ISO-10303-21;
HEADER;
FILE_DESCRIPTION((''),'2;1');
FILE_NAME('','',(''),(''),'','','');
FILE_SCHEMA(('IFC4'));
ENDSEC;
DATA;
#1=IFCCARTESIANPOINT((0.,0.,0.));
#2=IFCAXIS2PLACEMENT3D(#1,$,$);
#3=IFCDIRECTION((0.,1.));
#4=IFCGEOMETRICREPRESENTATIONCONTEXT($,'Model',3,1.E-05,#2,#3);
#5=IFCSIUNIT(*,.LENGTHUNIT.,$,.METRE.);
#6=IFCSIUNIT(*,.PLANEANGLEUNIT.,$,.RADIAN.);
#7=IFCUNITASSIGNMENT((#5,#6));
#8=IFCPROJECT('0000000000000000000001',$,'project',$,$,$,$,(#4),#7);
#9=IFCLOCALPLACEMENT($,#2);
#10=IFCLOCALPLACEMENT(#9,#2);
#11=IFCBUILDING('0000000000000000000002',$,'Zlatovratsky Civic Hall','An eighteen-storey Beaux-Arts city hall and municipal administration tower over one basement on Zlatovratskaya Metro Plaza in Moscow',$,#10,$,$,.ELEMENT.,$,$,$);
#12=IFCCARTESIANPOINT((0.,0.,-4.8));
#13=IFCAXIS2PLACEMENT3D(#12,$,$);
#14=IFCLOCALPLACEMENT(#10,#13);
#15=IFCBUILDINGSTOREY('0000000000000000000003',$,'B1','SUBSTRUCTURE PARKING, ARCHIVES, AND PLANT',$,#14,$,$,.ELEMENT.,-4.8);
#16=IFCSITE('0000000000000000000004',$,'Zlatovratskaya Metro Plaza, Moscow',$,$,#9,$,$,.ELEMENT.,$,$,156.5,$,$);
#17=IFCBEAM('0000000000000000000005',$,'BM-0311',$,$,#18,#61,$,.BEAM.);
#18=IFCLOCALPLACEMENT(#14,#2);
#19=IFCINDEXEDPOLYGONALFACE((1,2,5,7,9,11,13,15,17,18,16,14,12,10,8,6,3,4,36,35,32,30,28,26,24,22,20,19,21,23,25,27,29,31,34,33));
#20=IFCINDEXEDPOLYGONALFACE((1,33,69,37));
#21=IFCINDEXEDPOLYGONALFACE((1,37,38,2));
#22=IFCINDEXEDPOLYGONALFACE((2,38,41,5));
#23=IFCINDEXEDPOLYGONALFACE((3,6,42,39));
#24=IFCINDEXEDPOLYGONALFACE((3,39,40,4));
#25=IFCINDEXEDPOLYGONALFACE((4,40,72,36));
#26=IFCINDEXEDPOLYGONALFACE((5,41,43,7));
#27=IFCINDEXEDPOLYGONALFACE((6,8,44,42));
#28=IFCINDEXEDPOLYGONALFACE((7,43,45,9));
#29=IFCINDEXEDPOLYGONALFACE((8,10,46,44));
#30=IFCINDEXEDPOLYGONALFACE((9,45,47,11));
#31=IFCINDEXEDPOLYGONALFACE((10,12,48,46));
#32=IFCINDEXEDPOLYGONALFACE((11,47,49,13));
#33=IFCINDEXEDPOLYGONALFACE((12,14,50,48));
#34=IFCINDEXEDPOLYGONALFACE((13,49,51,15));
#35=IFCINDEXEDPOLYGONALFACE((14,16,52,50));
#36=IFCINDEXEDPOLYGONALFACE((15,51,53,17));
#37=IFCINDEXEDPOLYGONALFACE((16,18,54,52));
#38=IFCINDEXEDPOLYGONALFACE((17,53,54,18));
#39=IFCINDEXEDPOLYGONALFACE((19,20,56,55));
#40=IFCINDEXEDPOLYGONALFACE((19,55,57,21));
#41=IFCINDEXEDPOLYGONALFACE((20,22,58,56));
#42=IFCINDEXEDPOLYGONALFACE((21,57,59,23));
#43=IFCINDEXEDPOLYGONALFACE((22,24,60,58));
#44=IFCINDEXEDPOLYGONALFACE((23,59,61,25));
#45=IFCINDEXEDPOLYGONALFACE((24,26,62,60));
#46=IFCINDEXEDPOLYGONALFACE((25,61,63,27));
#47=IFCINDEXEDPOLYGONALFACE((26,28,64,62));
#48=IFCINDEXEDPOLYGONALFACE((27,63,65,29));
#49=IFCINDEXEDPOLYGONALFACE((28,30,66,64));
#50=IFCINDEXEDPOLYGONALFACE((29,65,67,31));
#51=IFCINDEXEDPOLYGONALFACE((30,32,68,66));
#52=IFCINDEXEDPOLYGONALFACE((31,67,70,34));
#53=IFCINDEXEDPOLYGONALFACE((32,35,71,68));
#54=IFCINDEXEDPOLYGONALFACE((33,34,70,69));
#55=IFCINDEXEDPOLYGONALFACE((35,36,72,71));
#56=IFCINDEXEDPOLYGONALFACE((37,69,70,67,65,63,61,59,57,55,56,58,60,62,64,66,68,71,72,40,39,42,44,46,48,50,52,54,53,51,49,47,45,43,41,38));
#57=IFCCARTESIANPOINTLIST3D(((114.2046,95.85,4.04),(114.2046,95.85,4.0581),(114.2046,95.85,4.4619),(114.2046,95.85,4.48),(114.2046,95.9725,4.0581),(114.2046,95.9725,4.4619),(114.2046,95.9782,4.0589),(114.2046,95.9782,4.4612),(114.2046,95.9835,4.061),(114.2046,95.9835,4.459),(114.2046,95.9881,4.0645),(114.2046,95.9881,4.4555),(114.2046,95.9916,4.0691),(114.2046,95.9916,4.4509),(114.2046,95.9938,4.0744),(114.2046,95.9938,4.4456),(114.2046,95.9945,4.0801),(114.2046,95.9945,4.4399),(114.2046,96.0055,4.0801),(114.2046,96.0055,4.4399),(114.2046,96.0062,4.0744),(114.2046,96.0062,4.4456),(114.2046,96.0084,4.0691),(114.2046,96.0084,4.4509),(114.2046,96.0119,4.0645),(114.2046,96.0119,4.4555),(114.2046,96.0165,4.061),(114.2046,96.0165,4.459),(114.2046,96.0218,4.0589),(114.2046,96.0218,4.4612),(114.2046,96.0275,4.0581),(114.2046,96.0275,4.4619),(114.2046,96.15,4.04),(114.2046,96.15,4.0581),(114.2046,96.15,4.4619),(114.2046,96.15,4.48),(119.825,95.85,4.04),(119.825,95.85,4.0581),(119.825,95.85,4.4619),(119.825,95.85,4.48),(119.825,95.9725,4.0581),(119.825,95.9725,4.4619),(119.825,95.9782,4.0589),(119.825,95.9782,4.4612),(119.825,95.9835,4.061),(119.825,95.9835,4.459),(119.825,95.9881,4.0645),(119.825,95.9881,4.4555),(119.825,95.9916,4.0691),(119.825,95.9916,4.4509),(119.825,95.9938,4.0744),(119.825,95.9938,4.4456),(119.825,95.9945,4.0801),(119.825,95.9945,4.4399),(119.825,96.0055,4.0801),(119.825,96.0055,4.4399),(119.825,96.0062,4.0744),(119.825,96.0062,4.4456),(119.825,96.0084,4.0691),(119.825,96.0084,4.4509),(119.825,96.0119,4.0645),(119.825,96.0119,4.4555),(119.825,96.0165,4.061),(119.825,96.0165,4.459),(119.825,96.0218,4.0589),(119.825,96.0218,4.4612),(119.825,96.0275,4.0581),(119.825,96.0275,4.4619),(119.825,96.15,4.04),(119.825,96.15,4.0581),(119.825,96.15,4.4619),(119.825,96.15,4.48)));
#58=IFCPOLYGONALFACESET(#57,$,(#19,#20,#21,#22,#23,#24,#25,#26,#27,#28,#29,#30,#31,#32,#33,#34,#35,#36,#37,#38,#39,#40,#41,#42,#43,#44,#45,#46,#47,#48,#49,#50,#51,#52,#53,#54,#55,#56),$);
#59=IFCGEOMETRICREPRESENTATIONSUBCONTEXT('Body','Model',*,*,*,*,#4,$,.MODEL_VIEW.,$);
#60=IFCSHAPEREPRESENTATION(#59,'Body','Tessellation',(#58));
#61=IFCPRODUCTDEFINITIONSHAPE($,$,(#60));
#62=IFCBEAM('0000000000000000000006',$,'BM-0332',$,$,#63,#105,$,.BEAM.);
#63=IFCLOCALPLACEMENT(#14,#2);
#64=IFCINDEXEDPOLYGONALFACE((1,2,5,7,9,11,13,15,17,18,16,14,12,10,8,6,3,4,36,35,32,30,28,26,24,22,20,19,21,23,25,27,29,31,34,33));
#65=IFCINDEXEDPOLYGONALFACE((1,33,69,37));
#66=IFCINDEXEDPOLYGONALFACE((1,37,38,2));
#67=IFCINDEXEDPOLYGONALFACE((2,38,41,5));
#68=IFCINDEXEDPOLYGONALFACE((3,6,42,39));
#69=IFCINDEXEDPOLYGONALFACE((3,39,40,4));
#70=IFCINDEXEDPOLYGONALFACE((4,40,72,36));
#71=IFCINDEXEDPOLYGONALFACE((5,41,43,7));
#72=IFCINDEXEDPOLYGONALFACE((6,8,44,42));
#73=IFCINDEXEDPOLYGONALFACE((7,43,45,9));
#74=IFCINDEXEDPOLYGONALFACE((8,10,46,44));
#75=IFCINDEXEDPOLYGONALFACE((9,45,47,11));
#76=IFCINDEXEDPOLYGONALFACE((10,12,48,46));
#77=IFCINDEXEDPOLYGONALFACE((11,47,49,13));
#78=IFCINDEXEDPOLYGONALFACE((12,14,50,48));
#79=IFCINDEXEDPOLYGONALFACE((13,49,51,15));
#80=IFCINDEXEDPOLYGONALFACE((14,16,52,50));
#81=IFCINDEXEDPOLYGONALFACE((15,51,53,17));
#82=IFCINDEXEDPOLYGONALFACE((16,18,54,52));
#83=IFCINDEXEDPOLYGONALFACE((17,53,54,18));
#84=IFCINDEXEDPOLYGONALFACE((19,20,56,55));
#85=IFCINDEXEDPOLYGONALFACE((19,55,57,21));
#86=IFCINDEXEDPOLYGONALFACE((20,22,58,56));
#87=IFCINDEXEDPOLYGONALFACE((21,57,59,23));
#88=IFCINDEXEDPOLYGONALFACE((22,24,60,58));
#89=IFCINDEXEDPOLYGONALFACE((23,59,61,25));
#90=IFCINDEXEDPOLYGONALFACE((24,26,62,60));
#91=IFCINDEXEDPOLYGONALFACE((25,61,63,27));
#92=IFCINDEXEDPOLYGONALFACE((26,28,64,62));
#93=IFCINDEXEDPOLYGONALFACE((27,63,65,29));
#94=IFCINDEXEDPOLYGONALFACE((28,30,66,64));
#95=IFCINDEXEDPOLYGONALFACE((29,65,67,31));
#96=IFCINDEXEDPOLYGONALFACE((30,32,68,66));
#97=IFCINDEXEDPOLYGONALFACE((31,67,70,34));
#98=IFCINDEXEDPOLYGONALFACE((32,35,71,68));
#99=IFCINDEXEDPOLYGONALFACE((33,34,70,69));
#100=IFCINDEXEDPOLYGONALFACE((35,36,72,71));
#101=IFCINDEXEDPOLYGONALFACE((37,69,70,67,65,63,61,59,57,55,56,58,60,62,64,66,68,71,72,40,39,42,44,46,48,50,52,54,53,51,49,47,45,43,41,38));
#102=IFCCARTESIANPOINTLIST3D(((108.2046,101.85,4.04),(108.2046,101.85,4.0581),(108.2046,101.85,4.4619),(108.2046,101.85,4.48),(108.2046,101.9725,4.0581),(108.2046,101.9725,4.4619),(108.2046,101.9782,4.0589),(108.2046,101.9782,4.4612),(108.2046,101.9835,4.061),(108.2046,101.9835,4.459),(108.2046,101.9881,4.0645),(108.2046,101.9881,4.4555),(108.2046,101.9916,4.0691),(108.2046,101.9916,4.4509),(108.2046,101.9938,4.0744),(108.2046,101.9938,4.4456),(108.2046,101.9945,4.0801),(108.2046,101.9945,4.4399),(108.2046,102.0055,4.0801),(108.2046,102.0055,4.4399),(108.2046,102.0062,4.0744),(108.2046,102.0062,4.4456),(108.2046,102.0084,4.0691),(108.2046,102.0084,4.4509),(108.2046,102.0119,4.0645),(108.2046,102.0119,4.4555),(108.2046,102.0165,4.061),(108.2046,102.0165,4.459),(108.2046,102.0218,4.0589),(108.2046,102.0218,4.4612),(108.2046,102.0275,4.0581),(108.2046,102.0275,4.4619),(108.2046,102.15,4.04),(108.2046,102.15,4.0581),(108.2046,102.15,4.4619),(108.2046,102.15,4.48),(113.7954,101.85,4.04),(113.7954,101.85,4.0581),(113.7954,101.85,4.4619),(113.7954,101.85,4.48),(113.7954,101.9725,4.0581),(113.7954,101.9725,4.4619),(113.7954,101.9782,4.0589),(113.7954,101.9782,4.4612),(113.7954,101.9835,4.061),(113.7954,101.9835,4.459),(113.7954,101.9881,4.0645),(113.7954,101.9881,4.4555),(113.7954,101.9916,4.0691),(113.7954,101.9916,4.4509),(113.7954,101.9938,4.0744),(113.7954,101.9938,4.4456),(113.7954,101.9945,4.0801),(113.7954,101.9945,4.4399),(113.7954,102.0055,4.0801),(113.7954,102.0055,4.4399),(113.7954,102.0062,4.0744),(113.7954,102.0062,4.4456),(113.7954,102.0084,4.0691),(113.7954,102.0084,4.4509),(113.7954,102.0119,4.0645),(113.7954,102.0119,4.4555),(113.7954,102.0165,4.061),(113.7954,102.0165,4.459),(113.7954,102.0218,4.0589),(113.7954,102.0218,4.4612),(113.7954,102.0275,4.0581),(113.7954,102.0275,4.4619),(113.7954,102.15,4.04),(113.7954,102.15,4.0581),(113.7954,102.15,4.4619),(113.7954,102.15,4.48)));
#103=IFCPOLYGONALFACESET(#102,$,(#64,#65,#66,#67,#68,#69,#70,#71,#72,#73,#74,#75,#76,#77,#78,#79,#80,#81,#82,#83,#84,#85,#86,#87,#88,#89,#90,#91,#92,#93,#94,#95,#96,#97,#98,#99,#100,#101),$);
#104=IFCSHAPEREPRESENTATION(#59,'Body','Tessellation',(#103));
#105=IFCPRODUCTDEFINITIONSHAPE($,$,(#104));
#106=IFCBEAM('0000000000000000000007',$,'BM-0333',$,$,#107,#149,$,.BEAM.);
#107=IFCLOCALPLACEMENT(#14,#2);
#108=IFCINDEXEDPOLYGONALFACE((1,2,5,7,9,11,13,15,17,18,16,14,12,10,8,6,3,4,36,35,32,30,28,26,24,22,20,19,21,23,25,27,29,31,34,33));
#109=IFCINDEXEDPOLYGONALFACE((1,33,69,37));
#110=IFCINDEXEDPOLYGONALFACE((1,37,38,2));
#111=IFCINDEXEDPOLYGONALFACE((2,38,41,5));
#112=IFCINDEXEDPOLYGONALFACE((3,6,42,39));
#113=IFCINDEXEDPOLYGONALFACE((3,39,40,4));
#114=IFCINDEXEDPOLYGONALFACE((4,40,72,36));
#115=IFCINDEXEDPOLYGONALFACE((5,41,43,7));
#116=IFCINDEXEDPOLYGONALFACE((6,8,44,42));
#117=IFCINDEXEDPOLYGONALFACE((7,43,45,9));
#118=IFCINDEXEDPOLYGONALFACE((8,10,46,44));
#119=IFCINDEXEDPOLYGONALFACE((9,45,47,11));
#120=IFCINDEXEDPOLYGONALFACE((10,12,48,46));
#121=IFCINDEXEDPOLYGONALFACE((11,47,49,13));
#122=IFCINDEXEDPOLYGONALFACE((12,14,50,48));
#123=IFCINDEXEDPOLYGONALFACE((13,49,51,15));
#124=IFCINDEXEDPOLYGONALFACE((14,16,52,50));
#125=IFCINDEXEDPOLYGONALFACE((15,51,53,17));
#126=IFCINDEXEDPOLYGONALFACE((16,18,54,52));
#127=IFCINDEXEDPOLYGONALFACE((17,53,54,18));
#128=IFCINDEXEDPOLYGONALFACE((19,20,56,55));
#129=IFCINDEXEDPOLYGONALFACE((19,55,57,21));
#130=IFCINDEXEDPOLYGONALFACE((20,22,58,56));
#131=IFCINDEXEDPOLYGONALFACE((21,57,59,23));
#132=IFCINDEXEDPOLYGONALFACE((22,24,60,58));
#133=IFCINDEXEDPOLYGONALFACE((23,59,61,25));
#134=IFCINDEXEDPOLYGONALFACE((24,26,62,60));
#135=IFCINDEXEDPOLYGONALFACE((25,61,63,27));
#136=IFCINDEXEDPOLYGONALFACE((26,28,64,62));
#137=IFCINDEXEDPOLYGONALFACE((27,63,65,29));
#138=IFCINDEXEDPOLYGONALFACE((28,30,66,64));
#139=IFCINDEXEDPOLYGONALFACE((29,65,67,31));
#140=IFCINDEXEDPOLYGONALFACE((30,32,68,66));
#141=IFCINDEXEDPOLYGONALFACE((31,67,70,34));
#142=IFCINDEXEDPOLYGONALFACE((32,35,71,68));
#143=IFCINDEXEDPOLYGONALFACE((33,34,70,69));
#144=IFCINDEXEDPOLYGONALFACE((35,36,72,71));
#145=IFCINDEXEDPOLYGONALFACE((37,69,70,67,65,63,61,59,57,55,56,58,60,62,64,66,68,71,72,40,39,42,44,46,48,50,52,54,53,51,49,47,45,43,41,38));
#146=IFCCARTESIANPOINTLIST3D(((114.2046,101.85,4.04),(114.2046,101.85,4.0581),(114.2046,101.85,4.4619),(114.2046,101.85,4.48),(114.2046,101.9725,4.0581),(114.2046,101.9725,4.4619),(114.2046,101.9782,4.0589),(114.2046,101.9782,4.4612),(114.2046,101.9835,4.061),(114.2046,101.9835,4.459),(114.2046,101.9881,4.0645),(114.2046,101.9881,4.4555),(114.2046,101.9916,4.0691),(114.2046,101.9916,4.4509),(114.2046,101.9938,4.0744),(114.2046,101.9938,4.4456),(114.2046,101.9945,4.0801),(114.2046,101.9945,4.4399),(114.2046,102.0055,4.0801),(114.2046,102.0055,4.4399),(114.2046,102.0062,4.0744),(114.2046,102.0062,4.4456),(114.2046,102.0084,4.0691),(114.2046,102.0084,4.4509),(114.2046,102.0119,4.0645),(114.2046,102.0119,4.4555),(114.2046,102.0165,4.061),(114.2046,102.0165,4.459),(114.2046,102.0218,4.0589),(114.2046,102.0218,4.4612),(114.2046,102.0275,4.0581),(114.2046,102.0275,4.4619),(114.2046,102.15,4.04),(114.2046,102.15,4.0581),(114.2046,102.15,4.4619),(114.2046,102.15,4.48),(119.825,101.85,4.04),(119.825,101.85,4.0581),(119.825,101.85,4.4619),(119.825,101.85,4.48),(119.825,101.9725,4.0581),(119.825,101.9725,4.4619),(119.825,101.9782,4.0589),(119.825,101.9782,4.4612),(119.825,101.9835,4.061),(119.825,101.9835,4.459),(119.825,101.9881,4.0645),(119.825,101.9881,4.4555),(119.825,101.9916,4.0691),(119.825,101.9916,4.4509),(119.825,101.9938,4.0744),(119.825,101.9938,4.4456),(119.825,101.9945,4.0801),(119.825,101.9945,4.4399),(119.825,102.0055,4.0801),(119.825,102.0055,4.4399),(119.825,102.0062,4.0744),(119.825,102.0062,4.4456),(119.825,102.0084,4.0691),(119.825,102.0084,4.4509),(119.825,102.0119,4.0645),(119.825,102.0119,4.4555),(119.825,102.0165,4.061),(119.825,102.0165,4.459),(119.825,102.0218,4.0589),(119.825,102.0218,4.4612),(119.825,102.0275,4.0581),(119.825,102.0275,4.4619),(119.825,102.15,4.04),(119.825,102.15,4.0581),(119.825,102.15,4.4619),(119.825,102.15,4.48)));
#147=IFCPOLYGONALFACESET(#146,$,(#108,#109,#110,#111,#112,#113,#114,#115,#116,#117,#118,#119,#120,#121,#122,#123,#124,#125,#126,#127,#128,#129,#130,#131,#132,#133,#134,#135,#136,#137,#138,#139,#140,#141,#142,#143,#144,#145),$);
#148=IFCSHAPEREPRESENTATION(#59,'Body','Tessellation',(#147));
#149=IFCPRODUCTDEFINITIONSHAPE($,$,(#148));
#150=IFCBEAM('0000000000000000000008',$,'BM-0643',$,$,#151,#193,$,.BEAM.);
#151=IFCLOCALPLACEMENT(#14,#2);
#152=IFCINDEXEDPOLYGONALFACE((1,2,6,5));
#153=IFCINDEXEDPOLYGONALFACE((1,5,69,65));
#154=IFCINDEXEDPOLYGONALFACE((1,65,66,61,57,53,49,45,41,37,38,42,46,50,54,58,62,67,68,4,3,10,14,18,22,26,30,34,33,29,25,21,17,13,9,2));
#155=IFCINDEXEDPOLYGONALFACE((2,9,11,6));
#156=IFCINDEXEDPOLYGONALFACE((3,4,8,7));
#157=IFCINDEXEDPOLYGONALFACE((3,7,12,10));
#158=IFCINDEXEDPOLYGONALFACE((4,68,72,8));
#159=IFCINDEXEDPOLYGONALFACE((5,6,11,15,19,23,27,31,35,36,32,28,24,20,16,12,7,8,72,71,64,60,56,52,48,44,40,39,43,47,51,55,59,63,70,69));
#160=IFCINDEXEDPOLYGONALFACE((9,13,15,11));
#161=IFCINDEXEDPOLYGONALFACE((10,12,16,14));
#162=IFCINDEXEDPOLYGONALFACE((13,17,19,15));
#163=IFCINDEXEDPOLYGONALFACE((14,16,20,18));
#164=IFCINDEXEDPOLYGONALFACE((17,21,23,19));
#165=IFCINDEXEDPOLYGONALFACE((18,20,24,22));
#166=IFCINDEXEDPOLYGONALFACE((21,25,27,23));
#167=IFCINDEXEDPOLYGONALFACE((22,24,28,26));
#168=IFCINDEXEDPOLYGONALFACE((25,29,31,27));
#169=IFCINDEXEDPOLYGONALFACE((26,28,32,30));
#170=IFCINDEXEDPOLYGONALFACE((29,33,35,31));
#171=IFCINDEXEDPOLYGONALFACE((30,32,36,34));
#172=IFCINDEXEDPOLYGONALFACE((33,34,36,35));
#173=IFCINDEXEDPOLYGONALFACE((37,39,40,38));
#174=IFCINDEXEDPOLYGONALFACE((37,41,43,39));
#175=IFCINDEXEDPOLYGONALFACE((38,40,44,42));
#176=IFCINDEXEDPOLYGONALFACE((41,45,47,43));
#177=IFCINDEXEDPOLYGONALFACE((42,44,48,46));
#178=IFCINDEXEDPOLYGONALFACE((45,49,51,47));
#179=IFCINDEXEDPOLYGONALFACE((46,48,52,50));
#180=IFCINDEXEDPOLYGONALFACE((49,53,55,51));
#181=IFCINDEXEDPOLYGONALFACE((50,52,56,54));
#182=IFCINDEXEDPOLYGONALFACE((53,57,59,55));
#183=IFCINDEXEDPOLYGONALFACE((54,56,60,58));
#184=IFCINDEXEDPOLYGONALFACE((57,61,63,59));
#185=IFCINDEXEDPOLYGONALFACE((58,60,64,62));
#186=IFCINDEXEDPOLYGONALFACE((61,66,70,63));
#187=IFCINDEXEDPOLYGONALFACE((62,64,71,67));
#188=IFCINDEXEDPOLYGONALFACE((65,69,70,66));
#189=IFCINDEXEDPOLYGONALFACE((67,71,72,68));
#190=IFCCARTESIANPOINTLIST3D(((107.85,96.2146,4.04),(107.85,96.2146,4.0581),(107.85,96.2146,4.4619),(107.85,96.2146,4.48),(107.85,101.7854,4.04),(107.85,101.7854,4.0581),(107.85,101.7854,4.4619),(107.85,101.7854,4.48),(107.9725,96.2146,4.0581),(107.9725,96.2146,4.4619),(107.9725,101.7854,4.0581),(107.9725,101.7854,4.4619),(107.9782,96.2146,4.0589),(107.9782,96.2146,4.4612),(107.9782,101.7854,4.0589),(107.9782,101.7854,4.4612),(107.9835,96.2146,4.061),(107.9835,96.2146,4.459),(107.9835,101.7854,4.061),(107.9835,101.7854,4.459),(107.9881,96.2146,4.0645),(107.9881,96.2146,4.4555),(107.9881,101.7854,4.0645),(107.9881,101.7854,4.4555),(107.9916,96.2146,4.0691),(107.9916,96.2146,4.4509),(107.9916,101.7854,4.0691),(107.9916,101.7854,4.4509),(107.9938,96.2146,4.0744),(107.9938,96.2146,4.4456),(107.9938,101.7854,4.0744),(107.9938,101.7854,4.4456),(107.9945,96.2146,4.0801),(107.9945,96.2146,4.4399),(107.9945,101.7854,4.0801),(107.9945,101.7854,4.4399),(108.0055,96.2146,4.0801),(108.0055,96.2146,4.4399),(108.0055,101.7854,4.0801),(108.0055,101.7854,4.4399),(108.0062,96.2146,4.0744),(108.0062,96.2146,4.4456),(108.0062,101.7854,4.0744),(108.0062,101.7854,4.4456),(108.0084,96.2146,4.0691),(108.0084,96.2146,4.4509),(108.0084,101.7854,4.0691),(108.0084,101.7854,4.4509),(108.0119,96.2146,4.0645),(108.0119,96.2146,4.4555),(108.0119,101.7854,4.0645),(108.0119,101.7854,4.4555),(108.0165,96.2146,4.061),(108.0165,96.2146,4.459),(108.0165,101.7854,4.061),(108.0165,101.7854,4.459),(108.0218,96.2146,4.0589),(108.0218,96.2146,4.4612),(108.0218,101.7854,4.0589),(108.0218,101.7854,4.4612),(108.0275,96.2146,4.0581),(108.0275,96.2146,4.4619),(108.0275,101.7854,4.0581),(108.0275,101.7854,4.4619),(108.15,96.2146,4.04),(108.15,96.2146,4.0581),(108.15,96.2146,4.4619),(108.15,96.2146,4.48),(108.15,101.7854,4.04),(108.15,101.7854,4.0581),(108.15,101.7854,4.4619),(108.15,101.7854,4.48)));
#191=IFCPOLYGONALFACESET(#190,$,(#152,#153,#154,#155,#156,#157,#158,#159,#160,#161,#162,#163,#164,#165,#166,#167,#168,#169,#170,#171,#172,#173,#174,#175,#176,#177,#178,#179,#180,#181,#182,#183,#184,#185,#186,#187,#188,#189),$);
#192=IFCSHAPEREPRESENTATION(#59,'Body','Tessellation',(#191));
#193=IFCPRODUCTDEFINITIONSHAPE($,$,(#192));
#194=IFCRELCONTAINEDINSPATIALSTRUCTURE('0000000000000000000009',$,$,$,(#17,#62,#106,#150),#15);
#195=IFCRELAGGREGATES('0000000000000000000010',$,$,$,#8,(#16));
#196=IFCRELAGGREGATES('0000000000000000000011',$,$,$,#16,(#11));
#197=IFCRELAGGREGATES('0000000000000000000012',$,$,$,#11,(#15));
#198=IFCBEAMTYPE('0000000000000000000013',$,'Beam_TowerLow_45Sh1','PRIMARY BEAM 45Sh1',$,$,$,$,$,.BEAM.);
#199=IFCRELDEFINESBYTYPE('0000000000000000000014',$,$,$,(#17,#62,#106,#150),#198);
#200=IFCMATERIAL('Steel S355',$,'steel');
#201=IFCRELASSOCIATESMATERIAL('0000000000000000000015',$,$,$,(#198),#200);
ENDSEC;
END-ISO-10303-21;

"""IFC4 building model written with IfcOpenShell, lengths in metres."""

from ifc_helpers import new_model, si_unit, direction, frame, origin, origin_2d, place, context, subcontext, project, spatial, i_section, extrude, material, material_profile, profile_set, type_object, element, save


model = new_model("IFC4")

# Units and contexts
model_context = context("Model", 3, precision=1e-05, world=origin(), true_north=direction((0.0, 1.0)))
body_context = subcontext(model_context, "Body", "Model", "MODEL_VIEW")
ifc_project = project(units=[si_unit("LENGTHUNIT", "METRE"), si_unit("PLANEANGLEUNIT", "RADIAN")], contexts=[model_context])

# Site, building, storey
site_placement = place(None, origin())
site = spatial("IfcSite", under=ifc_project, at=site_placement, Name="Zlatovratskaya Metro Plaza, Moscow", CompositionType="ELEMENT", RefElevation=156.5)
building_placement = place(site_placement, origin())
building = spatial("IfcBuilding", under=site, at=building_placement, Name="Zlatovratsky Civic Hall", Description="An eighteen-storey Beaux-Arts city hall and municipal administration tower over one basement on Zlatovratskaya Metro Plaza in Moscow", CompositionType="ELEMENT")
storey_placement = place(building_placement, frame((0.0, 0.0, -4.8)))
storey = spatial("IfcBuildingStorey", under=building, at=storey_placement, Name="B1", Description="SUBSTRUCTURE PARKING, ARCHIVES, AND PLANT", CompositionType="ELEMENT", Elevation=-4.8)

# Shared definitions
ifc_material_1 = material(Name="Steel S355", Category="steel")

# Beams
ifc_material_profile_1 = material_profile(ifc_material_1, i_section(OverallWidth=0.3, OverallDepth=0.4399, WebThickness=0.011, FlangeThickness=0.0181, FilletRadius=0.022, at=origin_2d()), Name="45Sh1")
ifc_profile_set_1 = profile_set([ifc_material_profile_1], Name="Steel S355")
beam_type = type_object("IfcBeamType", Name="Beam_TowerLow_45Sh1", Description="PRIMARY BEAM 45Sh1", PredefinedType="BEAM", material=ifc_profile_set_1)
beam_1_placement = place(storey_placement, frame((114.2046, 96.0, 4.26), z_axis=(1.0, 0.0, 0.0), x_axis=(0.0, 1.0, 0.0)))
element("IfcBeam", 1, at=beam_1_placement, inside=storey, type_object=beam_type, Name="BM-0311", PredefinedType="BEAM", context=body_context, shape_type="SweptSolid", body=[
    extrude(i_section(OverallWidth=0.3, OverallDepth=0.4399, WebThickness=0.011, FlangeThickness=0.0181, FilletRadius=0.022, at=origin_2d()), origin(), (0.0, 0.0, 1.0), 5.6204),
])
beam_2_placement = place(storey_placement, frame((108.2046, 102.0, 4.26), z_axis=(1.0, 0.0, 0.0), x_axis=(0.0, 1.0, 0.0)))
element("IfcBeam", 2, at=beam_2_placement, inside=storey, type_object=beam_type, Name="BM-0332", PredefinedType="BEAM", context=body_context, shape_type="SweptSolid", body=[
    extrude(i_section(OverallWidth=0.3, OverallDepth=0.4399, WebThickness=0.011, FlangeThickness=0.0181, FilletRadius=0.022, at=origin_2d()), origin(), (0.0, 0.0, 1.0), 5.5908),
])
beam_3_placement = place(storey_placement, frame((114.2046, 102.0, 4.26), z_axis=(1.0, 0.0, 0.0), x_axis=(0.0, 1.0, 0.0)))
element("IfcBeam", 3, at=beam_3_placement, inside=storey, type_object=beam_type, Name="BM-0333", PredefinedType="BEAM", context=body_context, shape_type="SweptSolid", body=[
    extrude(i_section(OverallWidth=0.3, OverallDepth=0.4399, WebThickness=0.011, FlangeThickness=0.0181, FilletRadius=0.022, at=origin_2d()), origin(), (0.0, 0.0, 1.0), 5.6204),
])
for number, where, z_axis, x_axis, name in (
    (4, (108.0, 96.2146, 4.26), (0.0, 1.0, 0.0), (-1.0, 0.0, 0.0), "BM-0643"),
):
    element("IfcBeam", number, at=place(storey_placement, frame(where, z_axis=z_axis, x_axis=x_axis)), inside=storey, type_object=beam_type, Name=name, PredefinedType="BEAM", context=body_context, shape_type="SweptSolid", body=[
        extrude(i_section(OverallWidth=0.3, OverallDepth=0.4399, WebThickness=0.011, FlangeThickness=0.0181, FilletRadius=0.022, at=origin_2d()), origin(), (0.0, 0.0, 1.0), 5.5708),
    ])

save(model, "model.ifc")
